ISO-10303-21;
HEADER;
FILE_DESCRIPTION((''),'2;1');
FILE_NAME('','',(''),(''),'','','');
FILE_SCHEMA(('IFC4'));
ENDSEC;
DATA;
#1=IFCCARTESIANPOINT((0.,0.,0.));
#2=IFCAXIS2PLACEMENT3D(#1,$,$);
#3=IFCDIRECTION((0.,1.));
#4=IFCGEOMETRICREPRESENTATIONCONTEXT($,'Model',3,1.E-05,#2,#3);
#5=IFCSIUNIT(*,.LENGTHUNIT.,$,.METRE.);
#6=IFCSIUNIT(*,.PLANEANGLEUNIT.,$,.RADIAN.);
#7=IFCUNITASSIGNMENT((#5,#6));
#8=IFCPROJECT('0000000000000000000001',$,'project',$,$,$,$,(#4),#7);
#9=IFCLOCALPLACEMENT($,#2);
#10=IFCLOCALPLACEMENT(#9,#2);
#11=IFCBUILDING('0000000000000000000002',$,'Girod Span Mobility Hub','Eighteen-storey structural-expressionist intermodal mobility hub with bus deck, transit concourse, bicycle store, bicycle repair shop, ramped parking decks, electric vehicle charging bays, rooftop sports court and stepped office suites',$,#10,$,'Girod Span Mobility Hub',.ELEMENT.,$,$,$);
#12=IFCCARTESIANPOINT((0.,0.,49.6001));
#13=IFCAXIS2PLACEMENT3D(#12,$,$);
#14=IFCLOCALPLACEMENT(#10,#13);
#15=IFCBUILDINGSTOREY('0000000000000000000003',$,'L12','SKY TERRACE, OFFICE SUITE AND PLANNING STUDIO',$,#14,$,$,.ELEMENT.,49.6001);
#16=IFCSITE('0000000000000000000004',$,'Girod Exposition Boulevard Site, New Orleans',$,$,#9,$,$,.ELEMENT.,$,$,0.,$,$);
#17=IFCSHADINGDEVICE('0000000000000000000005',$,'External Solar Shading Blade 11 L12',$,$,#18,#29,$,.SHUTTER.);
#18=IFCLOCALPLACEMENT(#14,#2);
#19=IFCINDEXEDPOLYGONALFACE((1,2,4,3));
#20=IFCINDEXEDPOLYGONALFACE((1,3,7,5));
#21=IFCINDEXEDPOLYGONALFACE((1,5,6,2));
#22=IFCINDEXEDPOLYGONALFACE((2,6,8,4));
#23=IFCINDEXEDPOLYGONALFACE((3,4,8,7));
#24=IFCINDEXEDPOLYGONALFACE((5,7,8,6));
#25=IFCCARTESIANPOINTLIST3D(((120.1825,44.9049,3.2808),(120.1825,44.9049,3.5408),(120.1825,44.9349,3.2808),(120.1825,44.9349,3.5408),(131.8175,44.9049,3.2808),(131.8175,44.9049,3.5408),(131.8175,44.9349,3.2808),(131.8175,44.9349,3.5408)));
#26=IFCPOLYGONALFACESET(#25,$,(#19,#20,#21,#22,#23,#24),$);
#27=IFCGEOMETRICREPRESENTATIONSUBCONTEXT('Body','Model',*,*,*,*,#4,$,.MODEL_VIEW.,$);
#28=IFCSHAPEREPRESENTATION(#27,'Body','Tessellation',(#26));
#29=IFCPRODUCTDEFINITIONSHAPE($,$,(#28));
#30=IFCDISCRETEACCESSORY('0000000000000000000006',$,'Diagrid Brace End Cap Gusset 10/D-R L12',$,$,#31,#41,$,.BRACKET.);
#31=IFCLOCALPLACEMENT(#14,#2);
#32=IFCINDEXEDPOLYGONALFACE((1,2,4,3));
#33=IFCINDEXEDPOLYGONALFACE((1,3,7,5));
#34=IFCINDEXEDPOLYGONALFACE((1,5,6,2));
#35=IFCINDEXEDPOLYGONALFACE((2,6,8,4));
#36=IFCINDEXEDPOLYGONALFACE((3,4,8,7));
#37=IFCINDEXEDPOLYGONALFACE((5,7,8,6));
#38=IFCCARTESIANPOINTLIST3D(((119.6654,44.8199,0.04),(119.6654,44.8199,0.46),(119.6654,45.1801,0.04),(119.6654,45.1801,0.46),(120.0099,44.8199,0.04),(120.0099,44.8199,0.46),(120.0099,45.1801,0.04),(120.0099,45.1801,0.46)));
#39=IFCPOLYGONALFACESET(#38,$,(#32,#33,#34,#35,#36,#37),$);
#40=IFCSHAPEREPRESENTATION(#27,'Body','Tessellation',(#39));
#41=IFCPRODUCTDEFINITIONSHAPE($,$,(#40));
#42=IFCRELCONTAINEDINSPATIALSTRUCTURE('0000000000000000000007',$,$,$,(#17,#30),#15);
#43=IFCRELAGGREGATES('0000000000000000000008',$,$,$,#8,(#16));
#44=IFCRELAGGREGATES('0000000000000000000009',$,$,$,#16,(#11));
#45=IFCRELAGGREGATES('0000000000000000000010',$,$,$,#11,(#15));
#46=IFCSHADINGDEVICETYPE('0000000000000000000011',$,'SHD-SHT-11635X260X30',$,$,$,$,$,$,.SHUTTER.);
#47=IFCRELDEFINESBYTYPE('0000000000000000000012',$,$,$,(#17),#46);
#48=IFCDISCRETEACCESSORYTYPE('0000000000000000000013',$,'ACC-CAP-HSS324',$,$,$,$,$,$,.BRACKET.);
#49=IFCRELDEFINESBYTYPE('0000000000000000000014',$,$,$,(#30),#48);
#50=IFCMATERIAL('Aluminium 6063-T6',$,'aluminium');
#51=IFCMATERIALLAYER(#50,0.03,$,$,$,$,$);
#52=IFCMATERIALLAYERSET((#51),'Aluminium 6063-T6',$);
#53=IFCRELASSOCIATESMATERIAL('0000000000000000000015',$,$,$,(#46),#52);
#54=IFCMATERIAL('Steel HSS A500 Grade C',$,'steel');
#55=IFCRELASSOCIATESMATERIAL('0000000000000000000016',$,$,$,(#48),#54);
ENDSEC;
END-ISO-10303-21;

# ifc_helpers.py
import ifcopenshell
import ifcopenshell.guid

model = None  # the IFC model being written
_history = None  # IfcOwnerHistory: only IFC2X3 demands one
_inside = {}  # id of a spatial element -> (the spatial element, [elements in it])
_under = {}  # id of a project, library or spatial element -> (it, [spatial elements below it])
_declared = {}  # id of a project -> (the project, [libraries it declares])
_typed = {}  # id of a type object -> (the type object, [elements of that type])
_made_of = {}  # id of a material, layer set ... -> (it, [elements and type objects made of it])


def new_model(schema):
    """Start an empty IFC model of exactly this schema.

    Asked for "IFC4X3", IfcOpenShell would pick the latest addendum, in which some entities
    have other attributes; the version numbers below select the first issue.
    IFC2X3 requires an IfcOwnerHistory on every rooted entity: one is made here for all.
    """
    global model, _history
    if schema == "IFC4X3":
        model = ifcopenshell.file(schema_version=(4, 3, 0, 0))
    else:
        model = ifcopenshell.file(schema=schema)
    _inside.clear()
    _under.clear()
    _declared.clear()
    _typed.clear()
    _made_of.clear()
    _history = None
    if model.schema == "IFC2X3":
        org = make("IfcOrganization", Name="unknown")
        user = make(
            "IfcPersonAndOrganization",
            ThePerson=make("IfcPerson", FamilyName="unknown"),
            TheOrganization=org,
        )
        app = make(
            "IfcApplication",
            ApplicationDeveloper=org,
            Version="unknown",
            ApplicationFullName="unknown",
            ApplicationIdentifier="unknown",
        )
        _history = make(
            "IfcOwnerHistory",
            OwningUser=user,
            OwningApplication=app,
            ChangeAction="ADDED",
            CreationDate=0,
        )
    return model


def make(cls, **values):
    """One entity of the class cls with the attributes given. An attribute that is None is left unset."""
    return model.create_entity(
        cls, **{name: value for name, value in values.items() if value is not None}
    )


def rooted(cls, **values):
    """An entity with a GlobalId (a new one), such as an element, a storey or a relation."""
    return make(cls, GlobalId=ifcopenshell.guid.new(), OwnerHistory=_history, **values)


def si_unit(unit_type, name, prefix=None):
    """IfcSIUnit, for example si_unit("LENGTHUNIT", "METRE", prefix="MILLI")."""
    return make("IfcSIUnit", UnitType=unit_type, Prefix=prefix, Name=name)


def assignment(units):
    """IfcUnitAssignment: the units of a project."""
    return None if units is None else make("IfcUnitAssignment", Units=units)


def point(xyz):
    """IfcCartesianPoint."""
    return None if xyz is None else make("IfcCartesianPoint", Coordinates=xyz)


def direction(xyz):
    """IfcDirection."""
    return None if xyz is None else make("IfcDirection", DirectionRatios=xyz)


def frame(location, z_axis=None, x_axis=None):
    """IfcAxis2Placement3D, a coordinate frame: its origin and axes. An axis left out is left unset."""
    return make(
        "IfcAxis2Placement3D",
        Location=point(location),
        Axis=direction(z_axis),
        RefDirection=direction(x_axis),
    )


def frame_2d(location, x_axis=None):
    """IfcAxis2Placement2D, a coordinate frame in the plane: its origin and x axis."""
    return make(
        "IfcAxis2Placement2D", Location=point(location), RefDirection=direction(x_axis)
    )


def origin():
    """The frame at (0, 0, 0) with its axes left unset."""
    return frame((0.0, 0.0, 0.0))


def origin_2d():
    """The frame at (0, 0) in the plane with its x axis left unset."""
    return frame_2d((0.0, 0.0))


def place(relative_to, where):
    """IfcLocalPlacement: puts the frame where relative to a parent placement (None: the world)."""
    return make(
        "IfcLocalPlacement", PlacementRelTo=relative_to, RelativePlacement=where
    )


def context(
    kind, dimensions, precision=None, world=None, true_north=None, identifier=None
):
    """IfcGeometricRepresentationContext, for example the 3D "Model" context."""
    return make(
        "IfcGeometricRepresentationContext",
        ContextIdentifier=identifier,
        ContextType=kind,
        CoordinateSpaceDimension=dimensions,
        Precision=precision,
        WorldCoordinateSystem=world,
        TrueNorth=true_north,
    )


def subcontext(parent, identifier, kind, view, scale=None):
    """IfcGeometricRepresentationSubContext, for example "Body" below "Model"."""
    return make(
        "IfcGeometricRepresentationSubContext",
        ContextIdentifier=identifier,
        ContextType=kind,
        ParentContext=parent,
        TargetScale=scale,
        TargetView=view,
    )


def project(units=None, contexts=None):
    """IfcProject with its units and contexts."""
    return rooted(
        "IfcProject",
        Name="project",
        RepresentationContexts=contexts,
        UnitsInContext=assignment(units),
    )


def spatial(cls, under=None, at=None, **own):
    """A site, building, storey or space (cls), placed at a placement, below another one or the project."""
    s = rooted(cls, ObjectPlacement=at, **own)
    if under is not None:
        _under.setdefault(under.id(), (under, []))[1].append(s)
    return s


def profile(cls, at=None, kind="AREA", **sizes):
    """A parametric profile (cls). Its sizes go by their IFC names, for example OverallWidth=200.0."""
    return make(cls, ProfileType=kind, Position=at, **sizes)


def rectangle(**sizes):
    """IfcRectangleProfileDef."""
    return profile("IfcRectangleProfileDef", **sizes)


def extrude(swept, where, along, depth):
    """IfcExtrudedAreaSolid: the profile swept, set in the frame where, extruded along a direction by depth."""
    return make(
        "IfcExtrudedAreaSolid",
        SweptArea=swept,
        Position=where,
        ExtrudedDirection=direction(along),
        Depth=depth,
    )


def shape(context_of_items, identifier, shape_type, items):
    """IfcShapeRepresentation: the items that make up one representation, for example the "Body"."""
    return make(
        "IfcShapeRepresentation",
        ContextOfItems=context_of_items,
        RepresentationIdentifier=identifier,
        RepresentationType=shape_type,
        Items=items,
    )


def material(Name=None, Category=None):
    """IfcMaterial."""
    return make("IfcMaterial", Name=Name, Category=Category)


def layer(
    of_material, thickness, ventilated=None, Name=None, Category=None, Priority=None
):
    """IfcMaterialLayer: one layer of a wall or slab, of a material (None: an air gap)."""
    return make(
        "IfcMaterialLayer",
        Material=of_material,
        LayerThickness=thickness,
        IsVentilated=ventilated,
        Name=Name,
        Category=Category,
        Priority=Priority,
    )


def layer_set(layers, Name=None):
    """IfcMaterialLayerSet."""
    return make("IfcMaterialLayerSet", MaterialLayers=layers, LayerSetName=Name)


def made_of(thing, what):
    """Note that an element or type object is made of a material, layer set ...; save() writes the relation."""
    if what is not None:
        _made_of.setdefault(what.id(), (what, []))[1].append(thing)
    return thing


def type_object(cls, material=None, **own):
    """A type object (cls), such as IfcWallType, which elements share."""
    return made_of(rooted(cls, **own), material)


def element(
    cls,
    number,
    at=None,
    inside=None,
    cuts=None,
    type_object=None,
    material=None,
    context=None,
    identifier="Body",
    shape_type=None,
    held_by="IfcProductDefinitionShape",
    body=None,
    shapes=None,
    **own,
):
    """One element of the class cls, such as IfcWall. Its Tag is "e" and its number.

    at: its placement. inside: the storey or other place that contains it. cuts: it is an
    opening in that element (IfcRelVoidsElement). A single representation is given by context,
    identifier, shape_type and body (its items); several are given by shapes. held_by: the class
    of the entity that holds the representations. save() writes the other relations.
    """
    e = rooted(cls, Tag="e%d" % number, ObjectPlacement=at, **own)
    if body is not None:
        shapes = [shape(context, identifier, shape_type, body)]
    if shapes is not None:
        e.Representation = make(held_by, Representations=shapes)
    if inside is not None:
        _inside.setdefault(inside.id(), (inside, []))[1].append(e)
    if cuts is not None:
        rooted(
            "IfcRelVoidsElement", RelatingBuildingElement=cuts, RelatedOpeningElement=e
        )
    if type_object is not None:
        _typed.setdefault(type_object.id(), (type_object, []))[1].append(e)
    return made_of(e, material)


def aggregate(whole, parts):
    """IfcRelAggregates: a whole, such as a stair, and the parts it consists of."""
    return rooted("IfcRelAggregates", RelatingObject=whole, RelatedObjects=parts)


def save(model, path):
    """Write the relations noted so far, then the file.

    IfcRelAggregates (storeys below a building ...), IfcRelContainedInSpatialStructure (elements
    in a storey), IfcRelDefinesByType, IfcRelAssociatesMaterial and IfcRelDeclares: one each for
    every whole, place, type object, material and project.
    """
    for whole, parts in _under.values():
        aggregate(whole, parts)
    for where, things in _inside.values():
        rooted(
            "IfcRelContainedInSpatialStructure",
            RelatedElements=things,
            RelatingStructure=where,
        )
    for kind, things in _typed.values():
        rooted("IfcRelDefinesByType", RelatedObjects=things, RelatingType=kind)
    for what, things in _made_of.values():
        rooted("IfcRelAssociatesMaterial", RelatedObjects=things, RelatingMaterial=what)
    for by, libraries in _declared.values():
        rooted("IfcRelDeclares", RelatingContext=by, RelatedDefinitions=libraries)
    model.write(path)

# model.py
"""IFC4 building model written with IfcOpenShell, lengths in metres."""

from ifc_helpers import new_model, si_unit, direction, frame, origin, origin_2d, place, context, subcontext, project, spatial, rectangle, extrude, material, layer, layer_set, type_object, element, save


model = new_model("IFC4")

# Units and contexts
model_context = context("Model", 3, precision=1e-05, world=origin(), true_north=direction((0.0, 1.0)))
body_context = subcontext(model_context, "Body", "Model", "MODEL_VIEW")
ifc_project = project(units=[si_unit("LENGTHUNIT", "METRE"), si_unit("PLANEANGLEUNIT", "RADIAN")], contexts=[model_context])

# Site, building, storey
site_placement = place(None, origin())
site = spatial("IfcSite", under=ifc_project, at=site_placement, Name="Girod Exposition Boulevard Site, New Orleans", CompositionType="ELEMENT", RefElevation=0.0)
building_placement = place(site_placement, origin())
building = spatial("IfcBuilding", under=site, at=building_placement, Name="Girod Span Mobility Hub", Description="Eighteen-storey structural-expressionist intermodal mobility hub with bus deck, transit concourse, bicycle store, bicycle repair shop, ramped parking decks, electric vehicle charging bays, rooftop sports court and stepped office suites", LongName="Girod Span Mobility Hub", CompositionType="ELEMENT")
storey_placement = place(building_placement, frame((0.0, 0.0, 49.6001)))
storey = spatial("IfcBuildingStorey", under=building, at=storey_placement, Name="L12", Description="SKY TERRACE, OFFICE SUITE AND PLANNING STUDIO", CompositionType="ELEMENT", Elevation=49.6001)

# Shading device
ifc_material_1 = material(Name="Aluminium 6063-T6", Category="aluminium")
ifc_layer_1 = layer(ifc_material_1, 0.03)
ifc_layer_set_1 = layer_set([ifc_layer_1], Name="Aluminium 6063-T6")
shading_device_type = type_object("IfcShadingDeviceType", Name="SHD-SHT-11635X260X30", PredefinedType="SHUTTER", material=ifc_layer_set_1)
shading_device_placement = place(storey_placement, frame((126.0, 44.9199, 3.2808), z_axis=(0.0, 0.0, 1.0), x_axis=(1.0, 0.0, 0.0)))
element("IfcShadingDevice", 1, at=shading_device_placement, inside=storey, type_object=shading_device_type, Name="External Solar Shading Blade 11 L12", PredefinedType="SHUTTER", context=body_context, shape_type="SweptSolid", body=[
    extrude(rectangle(XDim=11.635, YDim=0.03, at=origin_2d()), origin(), (0.0, 0.0, 1.0), 0.26),
])

# Discrete accessory
ifc_material_2 = material(Name="Steel HSS A500 Grade C", Category="steel")
discrete_accessory_type = type_object("IfcDiscreteAccessoryType", Name="ACC-CAP-HSS324", PredefinedType="BRACKET", material=ifc_material_2)
discrete_accessory_placement = place(storey_placement, frame((119.8376, 45.0, 0.04), z_axis=(0.0, 0.0, 1.0), x_axis=(1.0, 0.0, 0.0)))
element("IfcDiscreteAccessory", 2, at=discrete_accessory_placement, inside=storey, type_object=discrete_accessory_type, Name="Diagrid Brace End Cap Gusset 10/D-R L12", PredefinedType="BRACKET", context=body_context, shape_type="SweptSolid", body=[
    extrude(rectangle(XDim=0.3445, YDim=0.3601, at=origin_2d()), origin(), (0.0, 0.0, 1.0), 0.4199),
])

save(model, "model.ifc")
